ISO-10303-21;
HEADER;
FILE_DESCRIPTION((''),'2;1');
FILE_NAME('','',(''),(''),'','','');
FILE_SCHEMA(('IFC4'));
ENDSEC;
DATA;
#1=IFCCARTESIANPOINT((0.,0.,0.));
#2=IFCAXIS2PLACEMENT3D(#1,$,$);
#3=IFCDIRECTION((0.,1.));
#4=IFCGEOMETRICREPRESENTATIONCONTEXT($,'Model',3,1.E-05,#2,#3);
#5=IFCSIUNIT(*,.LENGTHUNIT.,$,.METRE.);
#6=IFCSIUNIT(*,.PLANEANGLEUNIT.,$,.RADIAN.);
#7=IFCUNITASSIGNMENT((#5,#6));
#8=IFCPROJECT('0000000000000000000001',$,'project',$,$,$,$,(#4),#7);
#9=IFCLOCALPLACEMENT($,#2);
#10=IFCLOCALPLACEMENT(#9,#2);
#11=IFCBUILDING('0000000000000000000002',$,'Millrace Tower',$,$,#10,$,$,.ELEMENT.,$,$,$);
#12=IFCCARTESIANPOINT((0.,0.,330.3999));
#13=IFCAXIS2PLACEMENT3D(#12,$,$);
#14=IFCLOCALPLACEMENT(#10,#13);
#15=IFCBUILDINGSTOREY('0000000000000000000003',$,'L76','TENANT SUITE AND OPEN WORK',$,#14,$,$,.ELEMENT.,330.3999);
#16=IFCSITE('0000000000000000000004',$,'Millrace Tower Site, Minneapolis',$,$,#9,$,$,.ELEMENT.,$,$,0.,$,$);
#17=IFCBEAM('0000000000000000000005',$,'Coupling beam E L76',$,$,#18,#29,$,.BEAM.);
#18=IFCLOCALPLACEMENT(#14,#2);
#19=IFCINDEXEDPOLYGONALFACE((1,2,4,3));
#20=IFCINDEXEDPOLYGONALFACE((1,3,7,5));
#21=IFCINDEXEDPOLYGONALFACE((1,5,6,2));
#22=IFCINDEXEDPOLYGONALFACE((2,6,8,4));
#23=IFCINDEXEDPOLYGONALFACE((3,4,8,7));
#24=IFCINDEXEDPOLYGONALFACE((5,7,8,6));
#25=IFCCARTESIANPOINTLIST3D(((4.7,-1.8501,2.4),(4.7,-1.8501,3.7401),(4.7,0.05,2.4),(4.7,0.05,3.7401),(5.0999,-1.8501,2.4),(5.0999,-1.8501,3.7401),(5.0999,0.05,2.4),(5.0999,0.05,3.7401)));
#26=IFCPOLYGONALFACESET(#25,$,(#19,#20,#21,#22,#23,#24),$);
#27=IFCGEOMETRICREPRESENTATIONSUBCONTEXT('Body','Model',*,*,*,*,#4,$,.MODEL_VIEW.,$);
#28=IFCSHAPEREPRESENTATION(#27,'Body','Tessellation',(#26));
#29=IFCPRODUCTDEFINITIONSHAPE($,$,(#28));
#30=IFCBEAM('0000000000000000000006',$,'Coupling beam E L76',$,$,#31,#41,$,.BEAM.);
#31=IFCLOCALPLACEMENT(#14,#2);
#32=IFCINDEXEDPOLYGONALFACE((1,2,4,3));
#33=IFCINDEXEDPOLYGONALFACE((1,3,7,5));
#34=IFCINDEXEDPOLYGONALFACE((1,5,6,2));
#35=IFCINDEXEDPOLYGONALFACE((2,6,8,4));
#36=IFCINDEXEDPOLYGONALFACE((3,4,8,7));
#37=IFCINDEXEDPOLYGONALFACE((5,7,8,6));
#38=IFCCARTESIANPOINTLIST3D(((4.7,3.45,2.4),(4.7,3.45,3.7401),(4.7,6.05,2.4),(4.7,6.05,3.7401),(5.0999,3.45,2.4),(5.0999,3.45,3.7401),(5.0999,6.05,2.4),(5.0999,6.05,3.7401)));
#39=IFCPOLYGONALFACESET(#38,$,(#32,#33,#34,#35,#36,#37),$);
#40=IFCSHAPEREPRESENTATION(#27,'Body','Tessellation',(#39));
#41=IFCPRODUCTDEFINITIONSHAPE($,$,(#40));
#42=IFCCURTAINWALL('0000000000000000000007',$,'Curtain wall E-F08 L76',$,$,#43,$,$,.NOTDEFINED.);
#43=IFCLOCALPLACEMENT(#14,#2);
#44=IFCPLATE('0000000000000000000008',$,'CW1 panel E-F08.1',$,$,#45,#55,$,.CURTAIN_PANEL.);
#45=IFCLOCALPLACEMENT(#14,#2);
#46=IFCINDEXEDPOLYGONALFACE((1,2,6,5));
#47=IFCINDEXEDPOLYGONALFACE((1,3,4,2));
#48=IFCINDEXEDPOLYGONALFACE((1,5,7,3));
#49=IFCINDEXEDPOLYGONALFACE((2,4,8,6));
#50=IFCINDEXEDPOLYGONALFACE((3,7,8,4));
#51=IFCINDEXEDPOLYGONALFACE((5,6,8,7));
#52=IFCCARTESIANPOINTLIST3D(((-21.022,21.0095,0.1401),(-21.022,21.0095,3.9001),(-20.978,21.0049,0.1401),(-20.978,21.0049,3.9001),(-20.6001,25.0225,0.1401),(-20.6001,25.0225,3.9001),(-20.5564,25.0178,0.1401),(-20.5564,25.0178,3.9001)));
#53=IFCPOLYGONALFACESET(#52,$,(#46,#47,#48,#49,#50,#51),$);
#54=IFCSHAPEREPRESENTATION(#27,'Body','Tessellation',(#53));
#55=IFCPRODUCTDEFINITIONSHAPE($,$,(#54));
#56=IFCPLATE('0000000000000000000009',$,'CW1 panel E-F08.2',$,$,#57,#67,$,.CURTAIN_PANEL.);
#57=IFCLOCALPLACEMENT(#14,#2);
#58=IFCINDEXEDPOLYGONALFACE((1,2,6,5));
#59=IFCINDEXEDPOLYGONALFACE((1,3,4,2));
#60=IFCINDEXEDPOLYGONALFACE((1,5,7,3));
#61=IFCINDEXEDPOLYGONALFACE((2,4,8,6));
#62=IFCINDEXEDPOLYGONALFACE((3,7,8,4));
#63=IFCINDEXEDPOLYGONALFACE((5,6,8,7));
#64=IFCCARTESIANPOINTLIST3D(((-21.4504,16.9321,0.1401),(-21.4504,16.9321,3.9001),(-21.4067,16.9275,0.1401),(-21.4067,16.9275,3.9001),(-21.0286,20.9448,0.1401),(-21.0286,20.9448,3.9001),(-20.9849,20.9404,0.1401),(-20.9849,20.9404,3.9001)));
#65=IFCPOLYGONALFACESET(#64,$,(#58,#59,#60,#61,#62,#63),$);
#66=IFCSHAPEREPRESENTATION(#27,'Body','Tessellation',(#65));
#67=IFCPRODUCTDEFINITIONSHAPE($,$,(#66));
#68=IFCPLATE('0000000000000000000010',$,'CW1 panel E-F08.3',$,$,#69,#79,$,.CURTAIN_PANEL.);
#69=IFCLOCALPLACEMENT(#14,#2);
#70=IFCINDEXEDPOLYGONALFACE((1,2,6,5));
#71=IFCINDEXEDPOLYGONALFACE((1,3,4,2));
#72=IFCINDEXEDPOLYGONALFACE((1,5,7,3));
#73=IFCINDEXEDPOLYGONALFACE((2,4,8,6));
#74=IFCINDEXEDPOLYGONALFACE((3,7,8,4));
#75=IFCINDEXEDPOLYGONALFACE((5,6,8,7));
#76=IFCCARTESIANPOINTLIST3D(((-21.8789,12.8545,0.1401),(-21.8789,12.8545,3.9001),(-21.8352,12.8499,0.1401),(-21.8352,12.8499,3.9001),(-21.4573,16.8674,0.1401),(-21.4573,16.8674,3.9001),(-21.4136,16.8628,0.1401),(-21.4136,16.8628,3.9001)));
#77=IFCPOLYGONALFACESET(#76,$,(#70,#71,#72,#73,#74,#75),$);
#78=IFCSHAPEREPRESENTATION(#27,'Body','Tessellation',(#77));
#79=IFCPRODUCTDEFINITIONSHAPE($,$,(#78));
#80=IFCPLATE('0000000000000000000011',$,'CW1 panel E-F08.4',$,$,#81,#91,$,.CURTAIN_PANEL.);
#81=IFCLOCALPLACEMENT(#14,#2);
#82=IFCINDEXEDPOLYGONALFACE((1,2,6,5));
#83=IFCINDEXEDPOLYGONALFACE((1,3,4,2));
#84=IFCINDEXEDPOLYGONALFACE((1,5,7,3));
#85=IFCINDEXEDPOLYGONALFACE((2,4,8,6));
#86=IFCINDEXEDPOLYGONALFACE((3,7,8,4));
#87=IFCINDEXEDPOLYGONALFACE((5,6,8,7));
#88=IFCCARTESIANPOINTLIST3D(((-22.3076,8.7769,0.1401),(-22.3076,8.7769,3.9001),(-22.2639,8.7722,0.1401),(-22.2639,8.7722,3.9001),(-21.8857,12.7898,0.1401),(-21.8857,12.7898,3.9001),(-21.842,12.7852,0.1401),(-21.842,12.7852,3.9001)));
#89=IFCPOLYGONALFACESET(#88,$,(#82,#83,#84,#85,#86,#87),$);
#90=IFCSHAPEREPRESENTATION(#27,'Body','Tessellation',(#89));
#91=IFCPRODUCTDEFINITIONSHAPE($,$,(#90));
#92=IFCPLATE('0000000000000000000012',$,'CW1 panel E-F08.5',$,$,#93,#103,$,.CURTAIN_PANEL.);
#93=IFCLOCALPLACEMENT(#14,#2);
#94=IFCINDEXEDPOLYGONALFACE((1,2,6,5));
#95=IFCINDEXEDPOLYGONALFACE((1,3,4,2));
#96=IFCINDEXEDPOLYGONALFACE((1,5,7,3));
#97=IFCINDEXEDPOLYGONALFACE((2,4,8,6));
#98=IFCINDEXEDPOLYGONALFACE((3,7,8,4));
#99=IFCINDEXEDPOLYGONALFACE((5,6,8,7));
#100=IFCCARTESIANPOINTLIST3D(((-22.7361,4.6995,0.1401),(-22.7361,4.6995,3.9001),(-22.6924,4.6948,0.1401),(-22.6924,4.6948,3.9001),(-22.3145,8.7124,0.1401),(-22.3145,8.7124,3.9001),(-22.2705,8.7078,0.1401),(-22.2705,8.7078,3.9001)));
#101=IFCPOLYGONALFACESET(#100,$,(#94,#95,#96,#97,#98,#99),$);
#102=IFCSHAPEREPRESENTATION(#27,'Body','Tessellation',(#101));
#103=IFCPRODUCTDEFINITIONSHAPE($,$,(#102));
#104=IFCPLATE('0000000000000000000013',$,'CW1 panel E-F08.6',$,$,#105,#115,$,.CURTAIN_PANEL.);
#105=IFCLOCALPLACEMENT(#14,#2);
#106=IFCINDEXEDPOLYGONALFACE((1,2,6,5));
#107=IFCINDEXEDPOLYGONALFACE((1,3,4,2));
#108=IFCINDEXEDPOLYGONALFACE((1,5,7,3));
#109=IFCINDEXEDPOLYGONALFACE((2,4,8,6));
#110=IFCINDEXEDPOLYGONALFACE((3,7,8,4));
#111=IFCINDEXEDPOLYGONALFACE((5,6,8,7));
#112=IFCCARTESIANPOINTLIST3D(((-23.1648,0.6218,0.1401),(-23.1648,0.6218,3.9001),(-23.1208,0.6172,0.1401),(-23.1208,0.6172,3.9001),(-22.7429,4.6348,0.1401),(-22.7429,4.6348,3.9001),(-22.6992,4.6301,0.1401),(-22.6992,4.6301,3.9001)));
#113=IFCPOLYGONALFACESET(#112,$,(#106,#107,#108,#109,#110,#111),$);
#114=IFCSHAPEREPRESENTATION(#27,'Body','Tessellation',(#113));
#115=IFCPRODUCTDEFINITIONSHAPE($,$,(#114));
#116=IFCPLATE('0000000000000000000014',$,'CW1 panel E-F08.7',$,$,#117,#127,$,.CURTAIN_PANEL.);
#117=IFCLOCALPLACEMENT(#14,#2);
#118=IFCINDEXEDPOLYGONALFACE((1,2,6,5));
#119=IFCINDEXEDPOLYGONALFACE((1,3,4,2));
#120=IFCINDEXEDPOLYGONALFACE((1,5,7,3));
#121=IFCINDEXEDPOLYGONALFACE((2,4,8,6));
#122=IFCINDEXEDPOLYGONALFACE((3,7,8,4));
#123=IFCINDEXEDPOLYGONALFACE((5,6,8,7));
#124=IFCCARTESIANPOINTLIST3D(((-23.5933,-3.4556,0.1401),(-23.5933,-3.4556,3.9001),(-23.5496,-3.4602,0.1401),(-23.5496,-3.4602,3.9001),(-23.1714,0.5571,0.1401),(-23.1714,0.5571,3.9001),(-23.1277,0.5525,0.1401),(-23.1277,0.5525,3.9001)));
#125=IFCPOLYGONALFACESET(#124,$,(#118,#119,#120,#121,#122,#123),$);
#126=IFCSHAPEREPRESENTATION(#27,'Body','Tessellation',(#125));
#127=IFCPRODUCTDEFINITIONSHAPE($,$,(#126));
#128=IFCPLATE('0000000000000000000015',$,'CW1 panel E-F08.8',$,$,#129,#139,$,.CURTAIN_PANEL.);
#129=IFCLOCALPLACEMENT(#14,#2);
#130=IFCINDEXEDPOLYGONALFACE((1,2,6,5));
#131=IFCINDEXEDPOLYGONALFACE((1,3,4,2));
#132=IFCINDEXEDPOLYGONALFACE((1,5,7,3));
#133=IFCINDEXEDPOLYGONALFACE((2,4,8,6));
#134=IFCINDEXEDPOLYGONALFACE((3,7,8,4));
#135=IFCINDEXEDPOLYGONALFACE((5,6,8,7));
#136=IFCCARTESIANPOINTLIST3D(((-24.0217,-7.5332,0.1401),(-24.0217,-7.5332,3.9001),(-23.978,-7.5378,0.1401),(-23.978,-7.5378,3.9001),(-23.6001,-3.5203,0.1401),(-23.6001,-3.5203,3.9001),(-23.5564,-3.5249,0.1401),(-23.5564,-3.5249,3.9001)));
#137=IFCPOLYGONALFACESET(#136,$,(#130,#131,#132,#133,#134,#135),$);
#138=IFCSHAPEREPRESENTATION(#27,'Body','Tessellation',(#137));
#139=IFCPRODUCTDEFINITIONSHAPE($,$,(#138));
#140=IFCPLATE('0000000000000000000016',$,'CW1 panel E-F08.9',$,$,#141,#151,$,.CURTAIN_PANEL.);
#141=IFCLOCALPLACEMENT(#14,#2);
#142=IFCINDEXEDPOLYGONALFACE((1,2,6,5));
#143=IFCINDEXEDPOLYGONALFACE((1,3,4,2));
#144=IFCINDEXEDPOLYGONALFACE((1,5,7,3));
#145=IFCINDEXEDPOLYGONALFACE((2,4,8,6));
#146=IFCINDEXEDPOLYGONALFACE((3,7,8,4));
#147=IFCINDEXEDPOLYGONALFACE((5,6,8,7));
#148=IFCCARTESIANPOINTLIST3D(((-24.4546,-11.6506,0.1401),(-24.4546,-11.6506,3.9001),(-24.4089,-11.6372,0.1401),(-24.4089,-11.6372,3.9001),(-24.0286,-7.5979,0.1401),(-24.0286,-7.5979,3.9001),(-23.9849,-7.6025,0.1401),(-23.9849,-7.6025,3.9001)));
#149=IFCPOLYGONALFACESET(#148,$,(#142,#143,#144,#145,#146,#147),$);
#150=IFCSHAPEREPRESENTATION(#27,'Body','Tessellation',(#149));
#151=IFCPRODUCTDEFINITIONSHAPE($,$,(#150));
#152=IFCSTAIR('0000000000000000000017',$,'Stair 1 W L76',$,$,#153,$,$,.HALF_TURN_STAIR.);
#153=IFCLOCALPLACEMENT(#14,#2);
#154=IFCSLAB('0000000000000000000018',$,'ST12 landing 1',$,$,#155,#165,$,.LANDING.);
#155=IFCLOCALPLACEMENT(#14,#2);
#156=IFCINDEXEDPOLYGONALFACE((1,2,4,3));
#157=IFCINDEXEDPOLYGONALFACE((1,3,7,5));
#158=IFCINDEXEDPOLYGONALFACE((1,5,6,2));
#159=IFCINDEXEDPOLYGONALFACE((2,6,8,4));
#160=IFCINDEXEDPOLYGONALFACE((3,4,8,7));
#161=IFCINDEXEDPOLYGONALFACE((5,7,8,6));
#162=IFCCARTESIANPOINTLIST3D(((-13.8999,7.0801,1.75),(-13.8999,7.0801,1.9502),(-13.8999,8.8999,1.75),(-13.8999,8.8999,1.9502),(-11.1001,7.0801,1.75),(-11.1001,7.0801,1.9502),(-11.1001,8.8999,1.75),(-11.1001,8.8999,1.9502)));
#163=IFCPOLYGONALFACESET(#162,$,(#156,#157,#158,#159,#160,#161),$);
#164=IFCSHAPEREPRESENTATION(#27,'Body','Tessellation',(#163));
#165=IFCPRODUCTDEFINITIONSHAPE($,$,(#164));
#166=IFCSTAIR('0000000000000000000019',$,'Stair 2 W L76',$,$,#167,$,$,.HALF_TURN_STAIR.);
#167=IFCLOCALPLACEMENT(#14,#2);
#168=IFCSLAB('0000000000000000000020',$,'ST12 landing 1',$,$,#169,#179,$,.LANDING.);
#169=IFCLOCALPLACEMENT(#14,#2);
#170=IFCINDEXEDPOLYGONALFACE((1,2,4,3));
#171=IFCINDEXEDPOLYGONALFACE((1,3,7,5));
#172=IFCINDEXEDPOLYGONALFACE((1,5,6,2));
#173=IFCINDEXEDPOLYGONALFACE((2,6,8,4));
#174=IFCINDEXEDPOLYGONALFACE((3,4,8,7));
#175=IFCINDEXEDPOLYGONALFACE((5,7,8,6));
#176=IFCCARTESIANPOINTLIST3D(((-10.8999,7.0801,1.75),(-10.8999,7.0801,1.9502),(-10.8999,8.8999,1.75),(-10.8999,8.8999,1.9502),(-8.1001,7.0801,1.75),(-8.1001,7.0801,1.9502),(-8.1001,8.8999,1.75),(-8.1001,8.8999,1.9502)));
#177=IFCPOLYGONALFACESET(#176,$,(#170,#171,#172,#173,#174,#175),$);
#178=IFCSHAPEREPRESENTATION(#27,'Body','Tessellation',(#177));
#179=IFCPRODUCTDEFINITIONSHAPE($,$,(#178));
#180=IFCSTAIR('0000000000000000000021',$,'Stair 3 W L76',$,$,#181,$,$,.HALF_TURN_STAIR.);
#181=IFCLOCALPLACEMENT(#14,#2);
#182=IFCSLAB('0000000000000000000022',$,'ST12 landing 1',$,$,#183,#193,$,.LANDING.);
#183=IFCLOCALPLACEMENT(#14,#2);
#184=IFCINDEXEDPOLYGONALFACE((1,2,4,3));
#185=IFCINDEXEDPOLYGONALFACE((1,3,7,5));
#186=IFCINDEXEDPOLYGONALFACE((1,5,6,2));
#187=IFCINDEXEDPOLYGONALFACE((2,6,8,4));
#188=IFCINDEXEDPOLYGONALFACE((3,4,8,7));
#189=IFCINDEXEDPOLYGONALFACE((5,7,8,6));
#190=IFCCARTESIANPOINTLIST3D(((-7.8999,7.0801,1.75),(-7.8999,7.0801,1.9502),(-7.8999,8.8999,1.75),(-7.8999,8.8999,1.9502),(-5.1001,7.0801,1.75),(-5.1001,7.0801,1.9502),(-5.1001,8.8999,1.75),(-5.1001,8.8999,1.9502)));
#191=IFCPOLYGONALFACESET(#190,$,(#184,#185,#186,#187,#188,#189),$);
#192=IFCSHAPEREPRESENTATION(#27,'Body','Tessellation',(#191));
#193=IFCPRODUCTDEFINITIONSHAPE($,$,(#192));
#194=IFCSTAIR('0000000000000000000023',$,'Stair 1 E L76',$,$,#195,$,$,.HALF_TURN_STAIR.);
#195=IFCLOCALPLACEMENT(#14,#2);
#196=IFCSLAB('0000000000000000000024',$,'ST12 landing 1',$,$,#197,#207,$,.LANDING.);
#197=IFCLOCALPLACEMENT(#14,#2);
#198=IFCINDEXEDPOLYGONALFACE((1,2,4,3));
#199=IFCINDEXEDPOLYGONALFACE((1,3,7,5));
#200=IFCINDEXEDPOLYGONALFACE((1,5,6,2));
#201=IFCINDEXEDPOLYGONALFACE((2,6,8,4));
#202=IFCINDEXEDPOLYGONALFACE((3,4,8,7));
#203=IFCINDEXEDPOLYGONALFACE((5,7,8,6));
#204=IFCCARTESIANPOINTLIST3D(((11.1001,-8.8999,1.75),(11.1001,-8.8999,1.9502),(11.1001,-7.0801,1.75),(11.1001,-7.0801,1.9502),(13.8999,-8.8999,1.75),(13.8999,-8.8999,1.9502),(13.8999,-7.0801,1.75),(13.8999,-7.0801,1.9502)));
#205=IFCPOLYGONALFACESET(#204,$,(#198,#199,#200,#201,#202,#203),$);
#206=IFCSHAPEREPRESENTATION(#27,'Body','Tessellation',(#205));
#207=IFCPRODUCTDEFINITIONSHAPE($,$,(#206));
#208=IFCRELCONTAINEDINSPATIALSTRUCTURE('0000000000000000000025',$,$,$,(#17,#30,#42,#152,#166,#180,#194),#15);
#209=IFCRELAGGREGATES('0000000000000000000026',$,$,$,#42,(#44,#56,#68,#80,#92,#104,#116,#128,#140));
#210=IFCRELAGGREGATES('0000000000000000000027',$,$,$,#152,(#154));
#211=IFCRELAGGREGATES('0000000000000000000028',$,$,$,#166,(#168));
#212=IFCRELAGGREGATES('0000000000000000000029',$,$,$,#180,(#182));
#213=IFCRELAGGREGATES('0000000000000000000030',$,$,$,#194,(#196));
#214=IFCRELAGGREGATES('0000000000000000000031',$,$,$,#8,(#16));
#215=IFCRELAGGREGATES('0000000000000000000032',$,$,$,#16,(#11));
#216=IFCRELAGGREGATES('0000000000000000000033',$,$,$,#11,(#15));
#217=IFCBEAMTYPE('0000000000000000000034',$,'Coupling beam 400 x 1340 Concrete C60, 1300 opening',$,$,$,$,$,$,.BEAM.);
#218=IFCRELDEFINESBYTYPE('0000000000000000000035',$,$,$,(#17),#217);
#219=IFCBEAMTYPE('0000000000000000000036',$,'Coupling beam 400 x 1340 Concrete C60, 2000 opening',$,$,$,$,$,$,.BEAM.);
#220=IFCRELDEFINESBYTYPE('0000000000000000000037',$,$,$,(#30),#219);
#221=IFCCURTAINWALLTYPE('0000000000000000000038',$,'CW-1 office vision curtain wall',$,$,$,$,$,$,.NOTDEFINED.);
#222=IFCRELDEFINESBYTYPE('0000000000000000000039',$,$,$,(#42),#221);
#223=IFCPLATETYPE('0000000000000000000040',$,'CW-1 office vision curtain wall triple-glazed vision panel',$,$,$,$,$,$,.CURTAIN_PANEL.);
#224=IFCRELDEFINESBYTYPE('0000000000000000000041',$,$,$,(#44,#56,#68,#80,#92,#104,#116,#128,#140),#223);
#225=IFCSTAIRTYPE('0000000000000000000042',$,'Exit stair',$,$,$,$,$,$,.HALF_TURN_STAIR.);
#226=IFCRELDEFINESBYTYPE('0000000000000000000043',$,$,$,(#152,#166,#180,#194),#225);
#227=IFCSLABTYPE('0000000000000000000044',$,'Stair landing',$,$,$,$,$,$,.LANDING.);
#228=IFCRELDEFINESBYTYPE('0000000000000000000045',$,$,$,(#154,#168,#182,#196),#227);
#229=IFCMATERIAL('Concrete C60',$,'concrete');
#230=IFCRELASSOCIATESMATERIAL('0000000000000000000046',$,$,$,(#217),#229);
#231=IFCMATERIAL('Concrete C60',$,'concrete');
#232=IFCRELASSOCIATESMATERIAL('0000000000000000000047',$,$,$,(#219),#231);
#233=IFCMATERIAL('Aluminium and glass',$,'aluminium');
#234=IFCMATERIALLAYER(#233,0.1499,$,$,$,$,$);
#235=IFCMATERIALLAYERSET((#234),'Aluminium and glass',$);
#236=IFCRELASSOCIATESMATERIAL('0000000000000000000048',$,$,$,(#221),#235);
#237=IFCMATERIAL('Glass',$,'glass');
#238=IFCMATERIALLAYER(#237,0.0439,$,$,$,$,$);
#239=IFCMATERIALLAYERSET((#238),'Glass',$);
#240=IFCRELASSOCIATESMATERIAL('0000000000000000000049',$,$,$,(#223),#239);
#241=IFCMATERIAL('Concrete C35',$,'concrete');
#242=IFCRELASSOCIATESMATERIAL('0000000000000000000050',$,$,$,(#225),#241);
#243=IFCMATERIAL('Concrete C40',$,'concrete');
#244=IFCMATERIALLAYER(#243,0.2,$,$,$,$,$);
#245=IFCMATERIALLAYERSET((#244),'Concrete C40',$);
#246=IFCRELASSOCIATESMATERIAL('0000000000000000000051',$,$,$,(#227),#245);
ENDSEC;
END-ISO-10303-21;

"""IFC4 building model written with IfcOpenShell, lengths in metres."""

from ifc_helpers import new_model, si_unit, direction, frame, origin, origin_2d, place, context, subcontext, project, spatial, polyline, rectangle, outline, extrude, material, layer, layer_set, material_profile, profile_set, type_object, element, aggregate, save


model = new_model("IFC4")

# Units and contexts
model_context = context("Model", 3, precision=1e-05, world=origin(), true_north=direction((0.0, 1.0)))
body_context = subcontext(model_context, "Body", "Model", "MODEL_VIEW")
ifc_project = project(units=[si_unit("LENGTHUNIT", "METRE"), si_unit("PLANEANGLEUNIT", "RADIAN")], contexts=[model_context])

# Site, building, storey
site_placement = place(None, origin())
site = spatial("IfcSite", under=ifc_project, at=site_placement, Name="Millrace Tower Site, Minneapolis", CompositionType="ELEMENT", RefElevation=0.0)
building_placement = place(site_placement, origin())
building = spatial("IfcBuilding", under=site, at=building_placement, Name="Millrace Tower", CompositionType="ELEMENT")
storey_placement = place(building_placement, frame((0.0, 0.0, 330.3999)))
storey = spatial("IfcBuildingStorey", under=building, at=storey_placement, Name="L76", Description="TENANT SUITE AND OPEN WORK", CompositionType="ELEMENT", Elevation=330.3999)

# Beams
ifc_material_1 = material(Name="Concrete C60", Category="concrete")
ifc_material_profile_1 = material_profile(ifc_material_1, rectangle(XDim=0.3999, YDim=1.3401, at=origin_2d()))
ifc_profile_set_1 = profile_set([ifc_material_profile_1], Name="Concrete C60")
beam_type_1 = type_object("IfcBeamType", Name="Coupling beam 400 x 1340 Concrete C60, 1300 opening", PredefinedType="BEAM", material=ifc_profile_set_1)
beam_1_placement = place(storey_placement, frame((4.8999, 0.05, 3.0701), z_axis=(0.0, -1.0, 0.0), x_axis=(1.0, 0.0, 0.0)))
element("IfcBeam", 1, at=beam_1_placement, inside=storey, type_object=beam_type_1, Name="Coupling beam E L76", PredefinedType="BEAM", context=body_context, shape_type="SweptSolid", body=[
    extrude(rectangle(XDim=0.3999, YDim=1.3401, at=origin_2d()), origin(), (0.0, 0.0, 1.0), 1.9001),
])
ifc_material_2 = material(Name="Concrete C60", Category="concrete")
ifc_material_profile_2 = material_profile(ifc_material_2, rectangle(XDim=0.3999, YDim=1.3401, at=origin_2d()))
ifc_profile_set_2 = profile_set([ifc_material_profile_2], Name="Concrete C60")
beam_type_2 = type_object("IfcBeamType", Name="Coupling beam 400 x 1340 Concrete C60, 2000 opening", PredefinedType="BEAM", material=ifc_profile_set_2)
beam_2_placement = place(storey_placement, frame((4.8999, 6.05, 3.0701), z_axis=(0.0, -1.0, 0.0), x_axis=(1.0, 0.0, 0.0)))
element("IfcBeam", 2, at=beam_2_placement, inside=storey, type_object=beam_type_2, Name="Coupling beam E L76", PredefinedType="BEAM", context=body_context, shape_type="SweptSolid", body=[
    extrude(rectangle(XDim=0.3999, YDim=1.3401, at=origin_2d()), origin(), (0.0, 0.0, 1.0), 2.6001),
])

# Curtain wall, plates
ifc_material_3 = material(Name="Aluminium and glass", Category="aluminium")
ifc_layer_1 = layer(ifc_material_3, 0.1499)
ifc_layer_set_1 = layer_set([ifc_layer_1], Name="Aluminium and glass")
curtain_wall_type = type_object("IfcCurtainWallType", Name="CW-1 office vision curtain wall", PredefinedType="NOTDEFINED", material=ifc_layer_set_1)
placement_1 = place(storey_placement, origin())
curtain_wall = element("IfcCurtainWall", 3, at=placement_1, inside=storey, type_object=curtain_wall_type, Name="Curtain wall E-F08 L76", PredefinedType="NOTDEFINED")
ifc_material_4 = material(Name="Glass", Category="glass")
ifc_layer_2 = layer(ifc_material_4, 0.0439)
ifc_layer_set_2 = layer_set([ifc_layer_2], Name="Glass")
plate_type = type_object("IfcPlateType", Name="CW-1 office vision curtain wall triple-glazed vision panel", PredefinedType="CURTAIN_PANEL", material=ifc_layer_set_2)
placement_2 = place(storey_placement, frame((0.0, 0.0, 0.1401)))
plate_1 = element("IfcPlate", 4, at=placement_2, type_object=plate_type, Name="CW1 panel E-F08.1", PredefinedType="CURTAIN_PANEL", context=body_context, shape_type="SweptSolid", body=[
    extrude(outline(polyline([(-20.6001, 25.0225), (-21.022, 21.0095), (-20.978, 21.0049), (-20.5564, 25.0178), (-20.6001, 25.0225)])), origin(), (0.0, 0.0, 1.0), 3.76),
])
plate_2 = element("IfcPlate", 5, at=placement_2, type_object=plate_type, Name="CW1 panel E-F08.2", PredefinedType="CURTAIN_PANEL", context=body_context, shape_type="SweptSolid", body=[
    extrude(outline(polyline([(-21.0286, 20.9448), (-21.4504, 16.9321), (-21.4067, 16.9275), (-20.9849, 20.9404), (-21.0286, 20.9448)])), origin(), (0.0, 0.0, 1.0), 3.76),
])
plate_3 = element("IfcPlate", 6, at=placement_2, type_object=plate_type, Name="CW1 panel E-F08.3", PredefinedType="CURTAIN_PANEL", context=body_context, shape_type="SweptSolid", body=[
    extrude(outline(polyline([(-21.4573, 16.8674), (-21.8789, 12.8545), (-21.8352, 12.8499), (-21.4136, 16.8628), (-21.4573, 16.8674)])), origin(), (0.0, 0.0, 1.0), 3.76),
])
plate_4 = element("IfcPlate", 7, at=placement_2, type_object=plate_type, Name="CW1 panel E-F08.4", PredefinedType="CURTAIN_PANEL", context=body_context, shape_type="SweptSolid", body=[
    extrude(outline(polyline([(-21.8857, 12.7898), (-22.3076, 8.7769), (-22.2639, 8.7722), (-21.842, 12.7852), (-21.8857, 12.7898)])), origin(), (0.0, 0.0, 1.0), 3.76),
])
plate_5 = element("IfcPlate", 8, at=placement_2, type_object=plate_type, Name="CW1 panel E-F08.5", PredefinedType="CURTAIN_PANEL", context=body_context, shape_type="SweptSolid", body=[
    extrude(outline(polyline([(-22.3145, 8.7124), (-22.7361, 4.6995), (-22.6924, 4.6948), (-22.2705, 8.7078), (-22.3145, 8.7124)])), origin(), (0.0, 0.0, 1.0), 3.76),
])
plate_6 = element("IfcPlate", 9, at=placement_2, type_object=plate_type, Name="CW1 panel E-F08.6", PredefinedType="CURTAIN_PANEL", context=body_context, shape_type="SweptSolid", body=[
    extrude(outline(polyline([(-22.7429, 4.6348), (-23.1648, 0.6218), (-23.1208, 0.6172), (-22.6992, 4.6301), (-22.7429, 4.6348)])), origin(), (0.0, 0.0, 1.0), 3.76),
])
plate_7 = element("IfcPlate", 10, at=placement_2, type_object=plate_type, Name="CW1 panel E-F08.7", PredefinedType="CURTAIN_PANEL", context=body_context, shape_type="SweptSolid", body=[
    extrude(outline(polyline([(-23.1714, 0.5571), (-23.5933, -3.4556), (-23.5496, -3.4602), (-23.1277, 0.5525), (-23.1714, 0.5571)])), origin(), (0.0, 0.0, 1.0), 3.76),
])
plate_8 = element("IfcPlate", 11, at=placement_2, type_object=plate_type, Name="CW1 panel E-F08.8", PredefinedType="CURTAIN_PANEL", context=body_context, shape_type="SweptSolid", body=[
    extrude(outline(polyline([(-23.6001, -3.5203), (-24.0217, -7.5332), (-23.978, -7.5378), (-23.5564, -3.5249), (-23.6001, -3.5203)])), origin(), (0.0, 0.0, 1.0), 3.76),
])
plate_9 = element("IfcPlate", 12, at=placement_2, type_object=plate_type, Name="CW1 panel E-F08.9", PredefinedType="CURTAIN_PANEL", context=body_context, shape_type="SweptSolid", body=[
    extrude(outline(polyline([(-24.0286, -7.5979), (-24.4546, -11.6506), (-24.4089, -11.6372), (-23.9849, -7.6025), (-24.0286, -7.5979)])), origin(), (0.0, 0.0, 1.0), 3.76),
])
aggregate(curtain_wall, [plate_1, plate_2, plate_3, plate_4, plate_5, plate_6, plate_7, plate_8, plate_9])

# Stairs, slabs
ifc_material_5 = material(Name="Concrete C35", Category="concrete")
stair_type = type_object("IfcStairType", Name="Exit stair", PredefinedType="HALF_TURN_STAIR", material=ifc_material_5)
stair_1 = element("IfcStair", 13, at=placement_1, inside=storey, type_object=stair_type, Name="Stair 1 W L76", PredefinedType="HALF_TURN_STAIR")
ifc_material_6 = material(Name="Concrete C40", Category="concrete")
ifc_layer_3 = layer(ifc_material_6, 0.2)
ifc_layer_set_3 = layer_set([ifc_layer_3], Name="Concrete C40")
slab_type = type_object("IfcSlabType", Name="Stair landing", PredefinedType="LANDING", material=ifc_layer_set_3)
placement_3 = place(storey_placement, frame((0.0, 0.0, 1.75)))
slab_1 = element("IfcSlab", 14, at=placement_3, type_object=slab_type, Name="ST12 landing 1", PredefinedType="LANDING", context=body_context, shape_type="SweptSolid", body=[
    extrude(outline(polyline([(-13.8999, 7.0801), (-11.1001, 7.0801), (-11.1001, 8.8999), (-13.8999, 8.8999), (-13.8999, 7.0801)])), origin(), (0.0, 0.0, 1.0), 0.2002),
])
aggregate(stair_1, [slab_1])
stair_2 = element("IfcStair", 15, at=placement_1, inside=storey, type_object=stair_type, Name="Stair 2 W L76", PredefinedType="HALF_TURN_STAIR")
slab_2 = element("IfcSlab", 16, at=placement_3, type_object=slab_type, Name="ST12 landing 1", PredefinedType="LANDING", context=body_context, shape_type="SweptSolid", body=[
    extrude(outline(polyline([(-10.8999, 7.0801), (-8.1001, 7.0801), (-8.1001, 8.8999), (-10.8999, 8.8999), (-10.8999, 7.0801)])), origin(), (0.0, 0.0, 1.0), 0.2002),
])
aggregate(stair_2, [slab_2])
stair_3 = element("IfcStair", 17, at=placement_1, inside=storey, type_object=stair_type, Name="Stair 3 W L76", PredefinedType="HALF_TURN_STAIR")
slab_3 = element("IfcSlab", 18, at=placement_3, type_object=slab_type, Name="ST12 landing 1", PredefinedType="LANDING", context=body_context, shape_type="SweptSolid", body=[
    extrude(outline(polyline([(-7.8999, 7.0801), (-5.1001, 7.0801), (-5.1001, 8.8999), (-7.8999, 8.8999), (-7.8999, 7.0801)])), origin(), (0.0, 0.0, 1.0), 0.2002),
])
aggregate(stair_3, [slab_3])
stair_4 = element("IfcStair", 19, at=placement_1, inside=storey, type_object=stair_type, Name="Stair 1 E L76", PredefinedType="HALF_TURN_STAIR")
slab_4 = element("IfcSlab", 20, at=placement_3, type_object=slab_type, Name="ST12 landing 1", PredefinedType="LANDING", context=body_context, shape_type="SweptSolid", body=[
    extrude(outline(polyline([(11.1001, -8.8999), (13.8999, -8.8999), (13.8999, -7.0801), (11.1001, -7.0801), (11.1001, -8.8999)])), origin(), (0.0, 0.0, 1.0), 0.2002),
])
aggregate(stair_4, [slab_4])

save(model, "model.ifc")
